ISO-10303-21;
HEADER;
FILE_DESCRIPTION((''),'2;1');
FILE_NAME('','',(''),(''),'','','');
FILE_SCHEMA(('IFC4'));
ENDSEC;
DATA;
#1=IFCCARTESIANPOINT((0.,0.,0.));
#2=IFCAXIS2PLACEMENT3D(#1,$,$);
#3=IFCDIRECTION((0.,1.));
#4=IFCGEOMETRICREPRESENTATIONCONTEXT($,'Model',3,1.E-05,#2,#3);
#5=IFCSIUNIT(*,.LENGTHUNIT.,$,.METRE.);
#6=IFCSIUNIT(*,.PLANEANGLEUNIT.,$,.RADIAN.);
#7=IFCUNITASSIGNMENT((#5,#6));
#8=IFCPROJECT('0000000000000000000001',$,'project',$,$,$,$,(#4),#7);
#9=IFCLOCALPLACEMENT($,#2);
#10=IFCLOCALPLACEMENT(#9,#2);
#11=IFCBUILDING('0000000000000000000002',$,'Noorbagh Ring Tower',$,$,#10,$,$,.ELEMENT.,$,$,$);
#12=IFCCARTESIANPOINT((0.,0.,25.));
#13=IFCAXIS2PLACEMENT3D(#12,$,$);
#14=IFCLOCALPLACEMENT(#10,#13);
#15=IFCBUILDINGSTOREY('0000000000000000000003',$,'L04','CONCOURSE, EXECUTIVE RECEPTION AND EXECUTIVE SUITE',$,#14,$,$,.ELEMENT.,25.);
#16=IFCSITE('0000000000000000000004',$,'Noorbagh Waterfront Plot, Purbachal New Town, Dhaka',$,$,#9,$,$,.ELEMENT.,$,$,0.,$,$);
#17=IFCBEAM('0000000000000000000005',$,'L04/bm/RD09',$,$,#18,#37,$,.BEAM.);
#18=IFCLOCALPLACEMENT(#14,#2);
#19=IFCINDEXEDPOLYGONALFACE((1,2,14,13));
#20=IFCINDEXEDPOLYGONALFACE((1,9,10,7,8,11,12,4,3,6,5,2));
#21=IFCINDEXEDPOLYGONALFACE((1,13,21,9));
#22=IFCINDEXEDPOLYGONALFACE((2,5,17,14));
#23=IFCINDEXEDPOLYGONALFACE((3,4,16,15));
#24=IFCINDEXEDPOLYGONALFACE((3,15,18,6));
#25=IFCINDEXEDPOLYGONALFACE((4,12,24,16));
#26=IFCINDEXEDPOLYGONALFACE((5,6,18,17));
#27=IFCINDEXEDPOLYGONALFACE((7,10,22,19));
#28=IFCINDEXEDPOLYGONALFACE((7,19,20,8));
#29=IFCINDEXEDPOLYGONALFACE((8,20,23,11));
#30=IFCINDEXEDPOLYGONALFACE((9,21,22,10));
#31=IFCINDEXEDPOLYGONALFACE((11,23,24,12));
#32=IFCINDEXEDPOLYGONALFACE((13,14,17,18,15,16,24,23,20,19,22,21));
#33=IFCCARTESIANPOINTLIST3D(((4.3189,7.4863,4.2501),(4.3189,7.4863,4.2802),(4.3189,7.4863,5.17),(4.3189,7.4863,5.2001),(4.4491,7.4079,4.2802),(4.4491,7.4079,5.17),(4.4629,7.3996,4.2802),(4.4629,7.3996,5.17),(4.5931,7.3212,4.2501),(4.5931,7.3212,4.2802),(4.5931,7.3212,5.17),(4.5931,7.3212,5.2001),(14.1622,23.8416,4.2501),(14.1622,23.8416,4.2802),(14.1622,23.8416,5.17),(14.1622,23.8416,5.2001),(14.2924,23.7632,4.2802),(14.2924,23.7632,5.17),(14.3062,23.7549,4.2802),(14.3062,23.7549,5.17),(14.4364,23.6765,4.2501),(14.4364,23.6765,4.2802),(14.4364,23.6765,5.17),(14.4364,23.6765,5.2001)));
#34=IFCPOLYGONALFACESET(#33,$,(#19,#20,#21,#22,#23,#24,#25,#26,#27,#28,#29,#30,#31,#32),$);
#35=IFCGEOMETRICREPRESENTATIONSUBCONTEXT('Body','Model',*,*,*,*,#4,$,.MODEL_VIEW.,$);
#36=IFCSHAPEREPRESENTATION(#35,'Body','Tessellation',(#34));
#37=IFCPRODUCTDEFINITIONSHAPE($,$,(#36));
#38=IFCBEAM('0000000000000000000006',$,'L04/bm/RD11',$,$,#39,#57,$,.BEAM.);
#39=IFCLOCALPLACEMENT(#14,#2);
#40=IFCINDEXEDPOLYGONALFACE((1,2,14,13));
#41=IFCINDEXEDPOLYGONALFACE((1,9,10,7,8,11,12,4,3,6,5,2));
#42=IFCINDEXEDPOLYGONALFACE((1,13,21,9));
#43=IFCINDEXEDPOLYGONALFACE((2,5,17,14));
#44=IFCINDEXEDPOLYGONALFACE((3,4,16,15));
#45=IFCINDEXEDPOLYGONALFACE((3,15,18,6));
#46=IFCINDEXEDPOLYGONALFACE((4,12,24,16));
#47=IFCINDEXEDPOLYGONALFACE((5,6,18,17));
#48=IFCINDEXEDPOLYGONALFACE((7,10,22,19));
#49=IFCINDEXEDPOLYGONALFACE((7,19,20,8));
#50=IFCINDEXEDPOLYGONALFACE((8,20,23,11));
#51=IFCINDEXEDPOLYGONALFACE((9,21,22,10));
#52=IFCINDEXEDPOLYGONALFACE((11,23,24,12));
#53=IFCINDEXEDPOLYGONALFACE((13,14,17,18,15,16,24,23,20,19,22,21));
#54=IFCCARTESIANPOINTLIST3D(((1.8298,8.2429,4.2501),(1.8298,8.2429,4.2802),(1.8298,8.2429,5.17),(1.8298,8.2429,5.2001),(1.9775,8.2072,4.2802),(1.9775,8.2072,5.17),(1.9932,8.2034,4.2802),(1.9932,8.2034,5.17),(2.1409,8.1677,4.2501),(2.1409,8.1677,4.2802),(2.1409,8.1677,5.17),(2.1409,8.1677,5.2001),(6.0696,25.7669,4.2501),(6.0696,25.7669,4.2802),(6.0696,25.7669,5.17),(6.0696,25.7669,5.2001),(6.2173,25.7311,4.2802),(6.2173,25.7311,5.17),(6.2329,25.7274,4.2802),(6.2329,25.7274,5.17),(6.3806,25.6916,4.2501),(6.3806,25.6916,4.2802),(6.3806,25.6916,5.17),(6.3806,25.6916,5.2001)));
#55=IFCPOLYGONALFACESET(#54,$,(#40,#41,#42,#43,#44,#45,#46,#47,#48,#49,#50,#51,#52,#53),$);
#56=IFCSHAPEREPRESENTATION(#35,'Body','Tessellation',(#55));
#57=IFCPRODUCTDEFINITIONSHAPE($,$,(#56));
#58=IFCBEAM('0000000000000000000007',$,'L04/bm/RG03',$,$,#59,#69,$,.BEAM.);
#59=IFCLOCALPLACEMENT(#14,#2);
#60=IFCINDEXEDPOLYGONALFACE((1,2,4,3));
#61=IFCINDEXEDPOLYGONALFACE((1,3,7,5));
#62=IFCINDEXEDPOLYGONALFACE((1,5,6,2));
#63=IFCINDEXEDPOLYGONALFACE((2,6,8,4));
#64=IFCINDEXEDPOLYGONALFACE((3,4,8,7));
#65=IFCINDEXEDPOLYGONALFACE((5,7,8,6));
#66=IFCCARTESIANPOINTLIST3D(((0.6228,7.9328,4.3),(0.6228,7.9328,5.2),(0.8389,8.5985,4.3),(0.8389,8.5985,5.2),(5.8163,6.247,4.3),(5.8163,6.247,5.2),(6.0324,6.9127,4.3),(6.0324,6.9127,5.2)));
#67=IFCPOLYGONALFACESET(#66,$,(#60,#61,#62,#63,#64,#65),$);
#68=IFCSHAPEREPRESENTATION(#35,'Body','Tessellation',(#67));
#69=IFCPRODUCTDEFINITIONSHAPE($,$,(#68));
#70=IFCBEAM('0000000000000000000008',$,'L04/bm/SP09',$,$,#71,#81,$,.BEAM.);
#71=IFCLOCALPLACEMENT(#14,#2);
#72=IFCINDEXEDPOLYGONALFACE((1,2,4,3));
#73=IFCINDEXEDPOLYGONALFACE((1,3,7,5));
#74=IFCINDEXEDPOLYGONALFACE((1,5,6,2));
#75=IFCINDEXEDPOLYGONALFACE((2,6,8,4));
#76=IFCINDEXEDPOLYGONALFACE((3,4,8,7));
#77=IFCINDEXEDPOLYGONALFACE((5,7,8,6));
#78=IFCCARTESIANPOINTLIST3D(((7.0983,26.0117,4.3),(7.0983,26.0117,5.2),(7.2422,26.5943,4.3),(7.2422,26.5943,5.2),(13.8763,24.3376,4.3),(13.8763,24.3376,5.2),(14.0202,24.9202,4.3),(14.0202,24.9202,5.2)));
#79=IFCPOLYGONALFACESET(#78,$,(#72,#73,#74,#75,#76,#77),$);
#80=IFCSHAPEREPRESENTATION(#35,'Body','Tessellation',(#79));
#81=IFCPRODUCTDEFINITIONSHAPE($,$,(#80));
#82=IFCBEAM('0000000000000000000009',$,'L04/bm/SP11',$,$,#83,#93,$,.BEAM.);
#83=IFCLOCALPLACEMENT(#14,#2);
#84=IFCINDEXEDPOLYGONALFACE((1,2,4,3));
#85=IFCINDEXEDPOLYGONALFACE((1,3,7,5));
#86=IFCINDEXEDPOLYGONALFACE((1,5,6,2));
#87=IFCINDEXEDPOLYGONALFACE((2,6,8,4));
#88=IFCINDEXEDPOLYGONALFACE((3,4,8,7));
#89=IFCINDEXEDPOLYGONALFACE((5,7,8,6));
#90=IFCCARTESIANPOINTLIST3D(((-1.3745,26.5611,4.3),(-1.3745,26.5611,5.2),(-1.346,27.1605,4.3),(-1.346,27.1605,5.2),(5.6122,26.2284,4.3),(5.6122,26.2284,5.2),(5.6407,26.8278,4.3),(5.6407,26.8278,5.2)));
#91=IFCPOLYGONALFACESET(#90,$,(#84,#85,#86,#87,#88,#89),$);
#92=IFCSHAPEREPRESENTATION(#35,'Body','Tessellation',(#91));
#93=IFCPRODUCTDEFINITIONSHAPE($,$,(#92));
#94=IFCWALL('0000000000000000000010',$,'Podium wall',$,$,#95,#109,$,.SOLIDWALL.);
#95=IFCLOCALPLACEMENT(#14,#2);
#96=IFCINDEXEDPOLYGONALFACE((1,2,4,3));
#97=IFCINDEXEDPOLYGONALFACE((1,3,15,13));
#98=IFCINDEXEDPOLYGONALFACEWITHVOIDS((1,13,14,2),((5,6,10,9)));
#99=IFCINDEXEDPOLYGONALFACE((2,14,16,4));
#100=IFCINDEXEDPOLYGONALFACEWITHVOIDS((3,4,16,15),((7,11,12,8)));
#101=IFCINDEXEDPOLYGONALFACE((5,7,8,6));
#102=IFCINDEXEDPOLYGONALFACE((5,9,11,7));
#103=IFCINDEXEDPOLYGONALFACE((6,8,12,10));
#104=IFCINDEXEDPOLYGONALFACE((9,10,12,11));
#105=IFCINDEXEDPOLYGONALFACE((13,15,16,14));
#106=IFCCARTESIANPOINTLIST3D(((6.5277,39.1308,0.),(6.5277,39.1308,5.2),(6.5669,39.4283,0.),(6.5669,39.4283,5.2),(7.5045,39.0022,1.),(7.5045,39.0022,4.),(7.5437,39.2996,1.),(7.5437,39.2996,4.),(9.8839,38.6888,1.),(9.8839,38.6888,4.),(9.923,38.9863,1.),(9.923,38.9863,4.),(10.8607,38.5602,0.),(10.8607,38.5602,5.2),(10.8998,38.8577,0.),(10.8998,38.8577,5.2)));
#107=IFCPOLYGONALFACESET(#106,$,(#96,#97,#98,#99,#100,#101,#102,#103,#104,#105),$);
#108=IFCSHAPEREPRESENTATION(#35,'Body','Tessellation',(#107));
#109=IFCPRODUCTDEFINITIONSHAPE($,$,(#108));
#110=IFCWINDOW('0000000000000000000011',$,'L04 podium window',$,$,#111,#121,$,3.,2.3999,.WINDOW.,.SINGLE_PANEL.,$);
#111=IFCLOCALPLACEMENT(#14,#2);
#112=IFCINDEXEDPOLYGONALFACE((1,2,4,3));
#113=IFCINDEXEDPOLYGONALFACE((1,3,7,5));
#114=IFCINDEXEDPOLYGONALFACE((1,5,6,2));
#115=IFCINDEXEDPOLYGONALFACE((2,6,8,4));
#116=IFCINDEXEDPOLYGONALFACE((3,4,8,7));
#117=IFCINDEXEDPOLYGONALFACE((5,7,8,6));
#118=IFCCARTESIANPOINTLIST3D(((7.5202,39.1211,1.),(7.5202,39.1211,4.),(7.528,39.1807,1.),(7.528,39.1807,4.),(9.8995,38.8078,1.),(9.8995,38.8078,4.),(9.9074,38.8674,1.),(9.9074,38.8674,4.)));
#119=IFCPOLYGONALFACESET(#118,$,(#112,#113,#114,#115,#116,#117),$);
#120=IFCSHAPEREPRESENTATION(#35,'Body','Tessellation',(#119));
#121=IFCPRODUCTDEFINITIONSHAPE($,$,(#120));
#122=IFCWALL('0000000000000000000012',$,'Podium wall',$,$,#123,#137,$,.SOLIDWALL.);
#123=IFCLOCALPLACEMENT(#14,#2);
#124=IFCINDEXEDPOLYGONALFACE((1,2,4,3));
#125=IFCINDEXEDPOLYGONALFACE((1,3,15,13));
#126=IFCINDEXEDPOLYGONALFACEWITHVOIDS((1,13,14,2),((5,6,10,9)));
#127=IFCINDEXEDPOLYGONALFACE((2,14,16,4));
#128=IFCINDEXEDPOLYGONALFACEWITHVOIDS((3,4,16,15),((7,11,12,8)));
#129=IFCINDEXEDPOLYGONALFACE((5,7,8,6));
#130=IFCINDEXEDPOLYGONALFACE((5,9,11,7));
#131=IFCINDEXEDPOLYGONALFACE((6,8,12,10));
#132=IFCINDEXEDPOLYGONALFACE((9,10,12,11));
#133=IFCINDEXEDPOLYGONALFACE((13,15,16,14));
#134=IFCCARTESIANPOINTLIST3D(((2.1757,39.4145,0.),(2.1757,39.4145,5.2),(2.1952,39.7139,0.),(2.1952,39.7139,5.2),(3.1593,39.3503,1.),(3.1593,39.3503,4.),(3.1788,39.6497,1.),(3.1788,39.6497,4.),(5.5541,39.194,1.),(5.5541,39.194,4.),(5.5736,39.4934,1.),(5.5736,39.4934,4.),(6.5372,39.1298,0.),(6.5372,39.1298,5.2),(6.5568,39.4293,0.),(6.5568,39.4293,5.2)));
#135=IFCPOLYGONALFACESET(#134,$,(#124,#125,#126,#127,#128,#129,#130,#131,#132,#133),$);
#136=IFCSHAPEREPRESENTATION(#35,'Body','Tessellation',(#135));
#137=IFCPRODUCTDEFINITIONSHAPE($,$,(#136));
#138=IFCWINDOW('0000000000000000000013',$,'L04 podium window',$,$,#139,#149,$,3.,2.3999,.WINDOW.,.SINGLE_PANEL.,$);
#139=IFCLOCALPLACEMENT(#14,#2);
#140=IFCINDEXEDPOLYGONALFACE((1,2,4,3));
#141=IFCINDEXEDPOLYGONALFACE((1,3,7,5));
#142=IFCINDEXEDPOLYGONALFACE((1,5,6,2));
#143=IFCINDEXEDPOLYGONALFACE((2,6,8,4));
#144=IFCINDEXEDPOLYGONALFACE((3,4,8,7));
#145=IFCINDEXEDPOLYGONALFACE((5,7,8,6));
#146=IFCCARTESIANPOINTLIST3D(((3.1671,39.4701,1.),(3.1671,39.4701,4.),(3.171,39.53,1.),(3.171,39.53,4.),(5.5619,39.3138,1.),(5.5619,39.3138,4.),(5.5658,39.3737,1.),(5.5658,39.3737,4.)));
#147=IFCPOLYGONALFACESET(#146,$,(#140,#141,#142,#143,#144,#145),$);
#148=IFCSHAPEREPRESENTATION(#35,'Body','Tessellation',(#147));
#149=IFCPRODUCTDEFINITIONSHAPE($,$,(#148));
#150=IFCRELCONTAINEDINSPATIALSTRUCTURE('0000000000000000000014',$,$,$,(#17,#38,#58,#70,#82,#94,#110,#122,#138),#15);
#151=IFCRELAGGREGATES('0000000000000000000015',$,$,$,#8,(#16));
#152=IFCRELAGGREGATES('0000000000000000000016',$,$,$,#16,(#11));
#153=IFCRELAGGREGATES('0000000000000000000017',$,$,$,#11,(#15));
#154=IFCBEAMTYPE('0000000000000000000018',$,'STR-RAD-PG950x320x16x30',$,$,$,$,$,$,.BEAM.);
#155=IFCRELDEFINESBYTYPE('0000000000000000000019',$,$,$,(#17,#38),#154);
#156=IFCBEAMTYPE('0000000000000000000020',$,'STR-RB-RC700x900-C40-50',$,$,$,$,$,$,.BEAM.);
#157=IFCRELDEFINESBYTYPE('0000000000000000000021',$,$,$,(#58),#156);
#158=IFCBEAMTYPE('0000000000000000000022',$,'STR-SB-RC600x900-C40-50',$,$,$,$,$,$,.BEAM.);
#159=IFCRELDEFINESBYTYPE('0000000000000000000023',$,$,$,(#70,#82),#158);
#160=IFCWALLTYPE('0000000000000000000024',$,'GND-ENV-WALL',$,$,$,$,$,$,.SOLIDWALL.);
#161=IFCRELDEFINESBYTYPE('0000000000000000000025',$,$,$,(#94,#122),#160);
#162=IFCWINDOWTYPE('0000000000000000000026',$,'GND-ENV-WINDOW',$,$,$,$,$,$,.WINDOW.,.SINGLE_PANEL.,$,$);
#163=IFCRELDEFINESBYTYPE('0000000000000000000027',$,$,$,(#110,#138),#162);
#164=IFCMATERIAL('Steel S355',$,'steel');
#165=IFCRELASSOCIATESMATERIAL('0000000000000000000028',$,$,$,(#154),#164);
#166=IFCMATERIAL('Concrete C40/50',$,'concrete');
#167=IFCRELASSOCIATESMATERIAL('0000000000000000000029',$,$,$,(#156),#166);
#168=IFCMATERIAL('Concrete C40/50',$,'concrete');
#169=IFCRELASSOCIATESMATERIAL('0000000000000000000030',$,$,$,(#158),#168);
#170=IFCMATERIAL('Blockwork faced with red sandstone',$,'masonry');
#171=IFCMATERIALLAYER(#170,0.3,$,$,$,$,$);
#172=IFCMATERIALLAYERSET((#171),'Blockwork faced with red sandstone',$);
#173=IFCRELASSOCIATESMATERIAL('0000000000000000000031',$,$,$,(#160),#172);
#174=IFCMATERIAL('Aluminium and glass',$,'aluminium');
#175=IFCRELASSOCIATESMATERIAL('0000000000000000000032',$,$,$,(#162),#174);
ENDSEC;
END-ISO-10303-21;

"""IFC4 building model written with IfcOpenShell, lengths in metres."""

from ifc_helpers import new_model, si_unit, direction, frame, frame_2d, origin, origin_2d, place, context, subcontext, project, spatial, rectangle, i_section, extrude, material, layer, layer_set, material_profile, profile_set, type_object, element, fill, save


model = new_model("IFC4")

# Units and contexts
model_context = context("Model", 3, precision=1e-05, world=origin(), true_north=direction((0.0, 1.0)))
body_context = subcontext(model_context, "Body", "Model", "MODEL_VIEW")
ifc_project = project(units=[si_unit("LENGTHUNIT", "METRE"), si_unit("PLANEANGLEUNIT", "RADIAN")], contexts=[model_context])

# Site, building, storey
site_placement = place(None, origin())
site = spatial("IfcSite", under=ifc_project, at=site_placement, Name="Noorbagh Waterfront Plot, Purbachal New Town, Dhaka", CompositionType="ELEMENT", RefElevation=0.0)
building_placement = place(site_placement, origin())
building = spatial("IfcBuilding", under=site, at=building_placement, Name="Noorbagh Ring Tower", CompositionType="ELEMENT")
storey_placement = place(building_placement, frame((0.0, 0.0, 25.0)))
storey = spatial("IfcBuildingStorey", under=building, at=storey_placement, Name="L04", Description="CONCOURSE, EXECUTIVE RECEPTION AND EXECUTIVE SUITE", CompositionType="ELEMENT", Elevation=25.0)

# Beams
ifc_material_1 = material(Name="Steel S355", Category="steel")
ifc_material_profile_1 = material_profile(ifc_material_1, i_section(OverallWidth=0.3201, OverallDepth=0.95, WebThickness=0.0161, FlangeThickness=0.03, at=origin_2d()), Name="PG950x320x16x30")
ifc_profile_set_1 = profile_set([ifc_material_profile_1], Name="Steel S355")
beam_type_1 = type_object("IfcBeamType", Name="STR-RAD-PG950x320x16x30", PredefinedType="BEAM", material=ifc_profile_set_1)
beam_1_placement = place(storey_placement, frame((14.2993, 23.759, 4.7251), z_axis=(-0.515656, -0.856796, 0.0), x_axis=(0.856796, -0.515656, 0.0)))
element("IfcBeam", 1, at=beam_1_placement, inside=storey, type_object=beam_type_1, Name="L04/bm/RD09", PredefinedType="BEAM", context=body_context, shape_type="SweptSolid", body=[
    extrude(i_section(OverallWidth=0.3201, OverallDepth=0.95, WebThickness=0.0161, FlangeThickness=0.03, at=origin_2d()), origin(), (0.0, 0.0, 1.0), 19.0889),
])
beam_2_placement = place(storey_placement, frame((6.2251, 25.7292, 4.7251), z_axis=(-0.235156, -0.971958, 0.0), x_axis=(0.971958, -0.235156, 0.0)))
element("IfcBeam", 2, at=beam_2_placement, inside=storey, type_object=beam_type_1, Name="L04/bm/RD11", PredefinedType="BEAM", context=body_context, shape_type="SweptSolid", body=[
    extrude(i_section(OverallWidth=0.3201, OverallDepth=0.95, WebThickness=0.0161, FlangeThickness=0.03, at=origin_2d()), origin(), (0.0, 0.0, 1.0), 18.0295),
])
ifc_material_2 = material(Name="Concrete C40/50", Category="concrete")
ifc_material_profile_2 = material_profile(ifc_material_2, rectangle(XDim=0.7, YDim=0.8999, at=origin_2d()), Name="RC700x900")
ifc_profile_set_2 = profile_set([ifc_material_profile_2], Name="Concrete C40/50")
beam_type_2 = type_object("IfcBeamType", Name="STR-RB-RC700x900-C40-50", PredefinedType="BEAM", material=ifc_profile_set_2)
beam_3_placement = place(storey_placement, frame((5.9243, 6.5798, 4.75), z_axis=(-0.951144, 0.308746, 0.0), x_axis=(-0.308746, -0.951144, 0.0)))
element("IfcBeam", 3, at=beam_3_placement, inside=storey, type_object=beam_type_2, Name="L04/bm/RG03", PredefinedType="BEAM", context=body_context, shape_type="SweptSolid", body=[
    extrude(rectangle(XDim=0.7, YDim=0.8999, at=origin_2d()), origin(), (0.0, 0.0, 1.0), 5.4602),
])
ifc_material_3 = material(Name="Concrete C40/50", Category="concrete")
ifc_material_profile_3 = material_profile(ifc_material_3, rectangle(XDim=0.6001, YDim=0.8999, at=origin_2d()), Name="RC600x900")
ifc_profile_set_3 = profile_set([ifc_material_profile_3], Name="Concrete C40/50")
beam_type_3 = type_object("IfcBeamType", Name="STR-SB-RC600x900-C40-50", PredefinedType="BEAM", material=ifc_profile_set_3)
beam_4_placement = place(storey_placement, frame((13.9482, 24.6289, 4.75), z_axis=(-0.970828, 0.239778, 0.0), x_axis=(-0.239778, -0.970828, 0.0)))
element("IfcBeam", 4, at=beam_4_placement, inside=storey, type_object=beam_type_3, Name="L04/bm/SP09", PredefinedType="BEAM", context=body_context, shape_type="SweptSolid", body=[
    extrude(rectangle(XDim=0.6001, YDim=0.8999, at=origin_2d()), origin(), (0.0, 0.0, 1.0), 6.9817),
])
beam_5_placement = place(storey_placement, frame((5.6265, 26.5281, 4.75), z_axis=(-0.998868, 0.047573, 0.0), x_axis=(-0.047573, -0.998868, 0.0)))
element("IfcBeam", 5, at=beam_5_placement, inside=storey, type_object=beam_type_3, Name="L04/bm/SP11", PredefinedType="BEAM", context=body_context, shape_type="SweptSolid", body=[
    extrude(rectangle(XDim=0.6001, YDim=0.8999, at=origin_2d()), origin(), (0.0, 0.0, 1.0), 6.9946),
])

# Walls, openings, windows
ifc_material_4 = material(Name="Blockwork faced with red sandstone", Category="masonry")
ifc_layer = layer(ifc_material_4, 0.3)
ifc_layer_set = layer_set([ifc_layer], Name="Blockwork faced with red sandstone")
wall_type = type_object("IfcWallType", Name="GND-ENV-WALL", PredefinedType="SOLIDWALL", material=ifc_layer_set)
wall_1_placement = place(storey_placement, frame((10.8801, 38.709, 0.0), z_axis=(0.0, 0.0, 1.0), x_axis=(-0.991442, 0.13055, 0.0)))
wall_1 = element("IfcWall", 6, at=wall_1_placement, inside=storey, type_object=wall_type, Name="Podium wall", PredefinedType="SOLIDWALL", context=body_context, shape_type="SweptSolid", body=[
    extrude(rectangle(XDim=4.3704, YDim=0.3, at=frame_2d((2.1851, 0.0))), origin(), (0.0, 0.0, 1.0), 5.2),
])
opening_1_placement = place(wall_1_placement, frame((0.9851, 0.0, 1.0)))
opening_1 = element("IfcOpeningElement", 7, at=opening_1_placement, cuts=wall_1, PredefinedType="OPENING", context=body_context, shape_type="SweptSolid", body=[
    extrude(rectangle(XDim=2.3999, YDim=3.0, at=frame_2d((1.2, 1.5))), frame((0.0, 0.1602, 0.0), z_axis=(0.0, -1.0, 0.0), x_axis=(1.0, 0.0, 0.0)), (0.0, 0.0, 1.0), 0.3201),
])
ifc_material_5 = material(Name="Aluminium and glass", Category="aluminium")
window_type = type_object("IfcWindowType", Name="GND-ENV-WINDOW", PartitioningType="SINGLE_PANEL", PredefinedType="WINDOW", material=ifc_material_5)
window_1_placement = place(opening_1_placement, origin())
window_1 = element("IfcWindow", 8, at=window_1_placement, inside=storey, type_object=window_type, Name="L04 podium window", OverallHeight=3.0, OverallWidth=2.3999, PartitioningType="SINGLE_PANEL", PredefinedType="WINDOW", context=body_context, shape_type="SweptSolid", body=[
    extrude(rectangle(XDim=2.3999, YDim=3.0, at=frame_2d((1.2, 1.5))), frame((0.0, 0.03, 0.0), z_axis=(0.0, -1.0, 0.0), x_axis=(1.0, 0.0, 0.0)), (0.0, 0.0, 1.0), 0.0601),
])
fill(opening_1, window_1)
wall_2_placement = place(storey_placement, frame((6.5471, 39.2795, 0.0), z_axis=(0.0, 0.0, 1.0), x_axis=(-0.997877, 0.065129, 0.0)))
wall_2 = element("IfcWall", 9, at=wall_2_placement, inside=storey, type_object=wall_type, Name="Podium wall", PredefinedType="SOLIDWALL", context=body_context, shape_type="SweptSolid", body=[
    extrude(rectangle(XDim=4.3708, YDim=0.3, at=frame_2d((2.1855, 0.0))), origin(), (0.0, 0.0, 1.0), 5.2),
])
opening_2_placement = place(wall_2_placement, frame((0.9854, 0.0, 1.0)))
opening_2 = element("IfcOpeningElement", 10, at=opening_2_placement, cuts=wall_2, PredefinedType="OPENING", context=body_context, shape_type="SweptSolid", body=[
    extrude(rectangle(XDim=2.3999, YDim=3.0, at=frame_2d((1.2, 1.5))), frame((0.0, 0.1602, 0.0), z_axis=(0.0, -1.0, 0.0), x_axis=(1.0, 0.0, 0.0)), (0.0, 0.0, 1.0), 0.3201),
])
window_2_placement = place(opening_2_placement, origin())
window_2 = element("IfcWindow", 11, at=window_2_placement, inside=storey, type_object=window_type, Name="L04 podium window", OverallHeight=3.0, OverallWidth=2.3999, PartitioningType="SINGLE_PANEL", PredefinedType="WINDOW", context=body_context, shape_type="SweptSolid", body=[
    extrude(rectangle(XDim=2.3999, YDim=3.0, at=frame_2d((1.2, 1.5))), frame((0.0, 0.03, 0.0), z_axis=(0.0, -1.0, 0.0), x_axis=(1.0, 0.0, 0.0)), (0.0, 0.0, 1.0), 0.0601),
])
fill(opening_2, window_2)

save(model, "model.ifc")
